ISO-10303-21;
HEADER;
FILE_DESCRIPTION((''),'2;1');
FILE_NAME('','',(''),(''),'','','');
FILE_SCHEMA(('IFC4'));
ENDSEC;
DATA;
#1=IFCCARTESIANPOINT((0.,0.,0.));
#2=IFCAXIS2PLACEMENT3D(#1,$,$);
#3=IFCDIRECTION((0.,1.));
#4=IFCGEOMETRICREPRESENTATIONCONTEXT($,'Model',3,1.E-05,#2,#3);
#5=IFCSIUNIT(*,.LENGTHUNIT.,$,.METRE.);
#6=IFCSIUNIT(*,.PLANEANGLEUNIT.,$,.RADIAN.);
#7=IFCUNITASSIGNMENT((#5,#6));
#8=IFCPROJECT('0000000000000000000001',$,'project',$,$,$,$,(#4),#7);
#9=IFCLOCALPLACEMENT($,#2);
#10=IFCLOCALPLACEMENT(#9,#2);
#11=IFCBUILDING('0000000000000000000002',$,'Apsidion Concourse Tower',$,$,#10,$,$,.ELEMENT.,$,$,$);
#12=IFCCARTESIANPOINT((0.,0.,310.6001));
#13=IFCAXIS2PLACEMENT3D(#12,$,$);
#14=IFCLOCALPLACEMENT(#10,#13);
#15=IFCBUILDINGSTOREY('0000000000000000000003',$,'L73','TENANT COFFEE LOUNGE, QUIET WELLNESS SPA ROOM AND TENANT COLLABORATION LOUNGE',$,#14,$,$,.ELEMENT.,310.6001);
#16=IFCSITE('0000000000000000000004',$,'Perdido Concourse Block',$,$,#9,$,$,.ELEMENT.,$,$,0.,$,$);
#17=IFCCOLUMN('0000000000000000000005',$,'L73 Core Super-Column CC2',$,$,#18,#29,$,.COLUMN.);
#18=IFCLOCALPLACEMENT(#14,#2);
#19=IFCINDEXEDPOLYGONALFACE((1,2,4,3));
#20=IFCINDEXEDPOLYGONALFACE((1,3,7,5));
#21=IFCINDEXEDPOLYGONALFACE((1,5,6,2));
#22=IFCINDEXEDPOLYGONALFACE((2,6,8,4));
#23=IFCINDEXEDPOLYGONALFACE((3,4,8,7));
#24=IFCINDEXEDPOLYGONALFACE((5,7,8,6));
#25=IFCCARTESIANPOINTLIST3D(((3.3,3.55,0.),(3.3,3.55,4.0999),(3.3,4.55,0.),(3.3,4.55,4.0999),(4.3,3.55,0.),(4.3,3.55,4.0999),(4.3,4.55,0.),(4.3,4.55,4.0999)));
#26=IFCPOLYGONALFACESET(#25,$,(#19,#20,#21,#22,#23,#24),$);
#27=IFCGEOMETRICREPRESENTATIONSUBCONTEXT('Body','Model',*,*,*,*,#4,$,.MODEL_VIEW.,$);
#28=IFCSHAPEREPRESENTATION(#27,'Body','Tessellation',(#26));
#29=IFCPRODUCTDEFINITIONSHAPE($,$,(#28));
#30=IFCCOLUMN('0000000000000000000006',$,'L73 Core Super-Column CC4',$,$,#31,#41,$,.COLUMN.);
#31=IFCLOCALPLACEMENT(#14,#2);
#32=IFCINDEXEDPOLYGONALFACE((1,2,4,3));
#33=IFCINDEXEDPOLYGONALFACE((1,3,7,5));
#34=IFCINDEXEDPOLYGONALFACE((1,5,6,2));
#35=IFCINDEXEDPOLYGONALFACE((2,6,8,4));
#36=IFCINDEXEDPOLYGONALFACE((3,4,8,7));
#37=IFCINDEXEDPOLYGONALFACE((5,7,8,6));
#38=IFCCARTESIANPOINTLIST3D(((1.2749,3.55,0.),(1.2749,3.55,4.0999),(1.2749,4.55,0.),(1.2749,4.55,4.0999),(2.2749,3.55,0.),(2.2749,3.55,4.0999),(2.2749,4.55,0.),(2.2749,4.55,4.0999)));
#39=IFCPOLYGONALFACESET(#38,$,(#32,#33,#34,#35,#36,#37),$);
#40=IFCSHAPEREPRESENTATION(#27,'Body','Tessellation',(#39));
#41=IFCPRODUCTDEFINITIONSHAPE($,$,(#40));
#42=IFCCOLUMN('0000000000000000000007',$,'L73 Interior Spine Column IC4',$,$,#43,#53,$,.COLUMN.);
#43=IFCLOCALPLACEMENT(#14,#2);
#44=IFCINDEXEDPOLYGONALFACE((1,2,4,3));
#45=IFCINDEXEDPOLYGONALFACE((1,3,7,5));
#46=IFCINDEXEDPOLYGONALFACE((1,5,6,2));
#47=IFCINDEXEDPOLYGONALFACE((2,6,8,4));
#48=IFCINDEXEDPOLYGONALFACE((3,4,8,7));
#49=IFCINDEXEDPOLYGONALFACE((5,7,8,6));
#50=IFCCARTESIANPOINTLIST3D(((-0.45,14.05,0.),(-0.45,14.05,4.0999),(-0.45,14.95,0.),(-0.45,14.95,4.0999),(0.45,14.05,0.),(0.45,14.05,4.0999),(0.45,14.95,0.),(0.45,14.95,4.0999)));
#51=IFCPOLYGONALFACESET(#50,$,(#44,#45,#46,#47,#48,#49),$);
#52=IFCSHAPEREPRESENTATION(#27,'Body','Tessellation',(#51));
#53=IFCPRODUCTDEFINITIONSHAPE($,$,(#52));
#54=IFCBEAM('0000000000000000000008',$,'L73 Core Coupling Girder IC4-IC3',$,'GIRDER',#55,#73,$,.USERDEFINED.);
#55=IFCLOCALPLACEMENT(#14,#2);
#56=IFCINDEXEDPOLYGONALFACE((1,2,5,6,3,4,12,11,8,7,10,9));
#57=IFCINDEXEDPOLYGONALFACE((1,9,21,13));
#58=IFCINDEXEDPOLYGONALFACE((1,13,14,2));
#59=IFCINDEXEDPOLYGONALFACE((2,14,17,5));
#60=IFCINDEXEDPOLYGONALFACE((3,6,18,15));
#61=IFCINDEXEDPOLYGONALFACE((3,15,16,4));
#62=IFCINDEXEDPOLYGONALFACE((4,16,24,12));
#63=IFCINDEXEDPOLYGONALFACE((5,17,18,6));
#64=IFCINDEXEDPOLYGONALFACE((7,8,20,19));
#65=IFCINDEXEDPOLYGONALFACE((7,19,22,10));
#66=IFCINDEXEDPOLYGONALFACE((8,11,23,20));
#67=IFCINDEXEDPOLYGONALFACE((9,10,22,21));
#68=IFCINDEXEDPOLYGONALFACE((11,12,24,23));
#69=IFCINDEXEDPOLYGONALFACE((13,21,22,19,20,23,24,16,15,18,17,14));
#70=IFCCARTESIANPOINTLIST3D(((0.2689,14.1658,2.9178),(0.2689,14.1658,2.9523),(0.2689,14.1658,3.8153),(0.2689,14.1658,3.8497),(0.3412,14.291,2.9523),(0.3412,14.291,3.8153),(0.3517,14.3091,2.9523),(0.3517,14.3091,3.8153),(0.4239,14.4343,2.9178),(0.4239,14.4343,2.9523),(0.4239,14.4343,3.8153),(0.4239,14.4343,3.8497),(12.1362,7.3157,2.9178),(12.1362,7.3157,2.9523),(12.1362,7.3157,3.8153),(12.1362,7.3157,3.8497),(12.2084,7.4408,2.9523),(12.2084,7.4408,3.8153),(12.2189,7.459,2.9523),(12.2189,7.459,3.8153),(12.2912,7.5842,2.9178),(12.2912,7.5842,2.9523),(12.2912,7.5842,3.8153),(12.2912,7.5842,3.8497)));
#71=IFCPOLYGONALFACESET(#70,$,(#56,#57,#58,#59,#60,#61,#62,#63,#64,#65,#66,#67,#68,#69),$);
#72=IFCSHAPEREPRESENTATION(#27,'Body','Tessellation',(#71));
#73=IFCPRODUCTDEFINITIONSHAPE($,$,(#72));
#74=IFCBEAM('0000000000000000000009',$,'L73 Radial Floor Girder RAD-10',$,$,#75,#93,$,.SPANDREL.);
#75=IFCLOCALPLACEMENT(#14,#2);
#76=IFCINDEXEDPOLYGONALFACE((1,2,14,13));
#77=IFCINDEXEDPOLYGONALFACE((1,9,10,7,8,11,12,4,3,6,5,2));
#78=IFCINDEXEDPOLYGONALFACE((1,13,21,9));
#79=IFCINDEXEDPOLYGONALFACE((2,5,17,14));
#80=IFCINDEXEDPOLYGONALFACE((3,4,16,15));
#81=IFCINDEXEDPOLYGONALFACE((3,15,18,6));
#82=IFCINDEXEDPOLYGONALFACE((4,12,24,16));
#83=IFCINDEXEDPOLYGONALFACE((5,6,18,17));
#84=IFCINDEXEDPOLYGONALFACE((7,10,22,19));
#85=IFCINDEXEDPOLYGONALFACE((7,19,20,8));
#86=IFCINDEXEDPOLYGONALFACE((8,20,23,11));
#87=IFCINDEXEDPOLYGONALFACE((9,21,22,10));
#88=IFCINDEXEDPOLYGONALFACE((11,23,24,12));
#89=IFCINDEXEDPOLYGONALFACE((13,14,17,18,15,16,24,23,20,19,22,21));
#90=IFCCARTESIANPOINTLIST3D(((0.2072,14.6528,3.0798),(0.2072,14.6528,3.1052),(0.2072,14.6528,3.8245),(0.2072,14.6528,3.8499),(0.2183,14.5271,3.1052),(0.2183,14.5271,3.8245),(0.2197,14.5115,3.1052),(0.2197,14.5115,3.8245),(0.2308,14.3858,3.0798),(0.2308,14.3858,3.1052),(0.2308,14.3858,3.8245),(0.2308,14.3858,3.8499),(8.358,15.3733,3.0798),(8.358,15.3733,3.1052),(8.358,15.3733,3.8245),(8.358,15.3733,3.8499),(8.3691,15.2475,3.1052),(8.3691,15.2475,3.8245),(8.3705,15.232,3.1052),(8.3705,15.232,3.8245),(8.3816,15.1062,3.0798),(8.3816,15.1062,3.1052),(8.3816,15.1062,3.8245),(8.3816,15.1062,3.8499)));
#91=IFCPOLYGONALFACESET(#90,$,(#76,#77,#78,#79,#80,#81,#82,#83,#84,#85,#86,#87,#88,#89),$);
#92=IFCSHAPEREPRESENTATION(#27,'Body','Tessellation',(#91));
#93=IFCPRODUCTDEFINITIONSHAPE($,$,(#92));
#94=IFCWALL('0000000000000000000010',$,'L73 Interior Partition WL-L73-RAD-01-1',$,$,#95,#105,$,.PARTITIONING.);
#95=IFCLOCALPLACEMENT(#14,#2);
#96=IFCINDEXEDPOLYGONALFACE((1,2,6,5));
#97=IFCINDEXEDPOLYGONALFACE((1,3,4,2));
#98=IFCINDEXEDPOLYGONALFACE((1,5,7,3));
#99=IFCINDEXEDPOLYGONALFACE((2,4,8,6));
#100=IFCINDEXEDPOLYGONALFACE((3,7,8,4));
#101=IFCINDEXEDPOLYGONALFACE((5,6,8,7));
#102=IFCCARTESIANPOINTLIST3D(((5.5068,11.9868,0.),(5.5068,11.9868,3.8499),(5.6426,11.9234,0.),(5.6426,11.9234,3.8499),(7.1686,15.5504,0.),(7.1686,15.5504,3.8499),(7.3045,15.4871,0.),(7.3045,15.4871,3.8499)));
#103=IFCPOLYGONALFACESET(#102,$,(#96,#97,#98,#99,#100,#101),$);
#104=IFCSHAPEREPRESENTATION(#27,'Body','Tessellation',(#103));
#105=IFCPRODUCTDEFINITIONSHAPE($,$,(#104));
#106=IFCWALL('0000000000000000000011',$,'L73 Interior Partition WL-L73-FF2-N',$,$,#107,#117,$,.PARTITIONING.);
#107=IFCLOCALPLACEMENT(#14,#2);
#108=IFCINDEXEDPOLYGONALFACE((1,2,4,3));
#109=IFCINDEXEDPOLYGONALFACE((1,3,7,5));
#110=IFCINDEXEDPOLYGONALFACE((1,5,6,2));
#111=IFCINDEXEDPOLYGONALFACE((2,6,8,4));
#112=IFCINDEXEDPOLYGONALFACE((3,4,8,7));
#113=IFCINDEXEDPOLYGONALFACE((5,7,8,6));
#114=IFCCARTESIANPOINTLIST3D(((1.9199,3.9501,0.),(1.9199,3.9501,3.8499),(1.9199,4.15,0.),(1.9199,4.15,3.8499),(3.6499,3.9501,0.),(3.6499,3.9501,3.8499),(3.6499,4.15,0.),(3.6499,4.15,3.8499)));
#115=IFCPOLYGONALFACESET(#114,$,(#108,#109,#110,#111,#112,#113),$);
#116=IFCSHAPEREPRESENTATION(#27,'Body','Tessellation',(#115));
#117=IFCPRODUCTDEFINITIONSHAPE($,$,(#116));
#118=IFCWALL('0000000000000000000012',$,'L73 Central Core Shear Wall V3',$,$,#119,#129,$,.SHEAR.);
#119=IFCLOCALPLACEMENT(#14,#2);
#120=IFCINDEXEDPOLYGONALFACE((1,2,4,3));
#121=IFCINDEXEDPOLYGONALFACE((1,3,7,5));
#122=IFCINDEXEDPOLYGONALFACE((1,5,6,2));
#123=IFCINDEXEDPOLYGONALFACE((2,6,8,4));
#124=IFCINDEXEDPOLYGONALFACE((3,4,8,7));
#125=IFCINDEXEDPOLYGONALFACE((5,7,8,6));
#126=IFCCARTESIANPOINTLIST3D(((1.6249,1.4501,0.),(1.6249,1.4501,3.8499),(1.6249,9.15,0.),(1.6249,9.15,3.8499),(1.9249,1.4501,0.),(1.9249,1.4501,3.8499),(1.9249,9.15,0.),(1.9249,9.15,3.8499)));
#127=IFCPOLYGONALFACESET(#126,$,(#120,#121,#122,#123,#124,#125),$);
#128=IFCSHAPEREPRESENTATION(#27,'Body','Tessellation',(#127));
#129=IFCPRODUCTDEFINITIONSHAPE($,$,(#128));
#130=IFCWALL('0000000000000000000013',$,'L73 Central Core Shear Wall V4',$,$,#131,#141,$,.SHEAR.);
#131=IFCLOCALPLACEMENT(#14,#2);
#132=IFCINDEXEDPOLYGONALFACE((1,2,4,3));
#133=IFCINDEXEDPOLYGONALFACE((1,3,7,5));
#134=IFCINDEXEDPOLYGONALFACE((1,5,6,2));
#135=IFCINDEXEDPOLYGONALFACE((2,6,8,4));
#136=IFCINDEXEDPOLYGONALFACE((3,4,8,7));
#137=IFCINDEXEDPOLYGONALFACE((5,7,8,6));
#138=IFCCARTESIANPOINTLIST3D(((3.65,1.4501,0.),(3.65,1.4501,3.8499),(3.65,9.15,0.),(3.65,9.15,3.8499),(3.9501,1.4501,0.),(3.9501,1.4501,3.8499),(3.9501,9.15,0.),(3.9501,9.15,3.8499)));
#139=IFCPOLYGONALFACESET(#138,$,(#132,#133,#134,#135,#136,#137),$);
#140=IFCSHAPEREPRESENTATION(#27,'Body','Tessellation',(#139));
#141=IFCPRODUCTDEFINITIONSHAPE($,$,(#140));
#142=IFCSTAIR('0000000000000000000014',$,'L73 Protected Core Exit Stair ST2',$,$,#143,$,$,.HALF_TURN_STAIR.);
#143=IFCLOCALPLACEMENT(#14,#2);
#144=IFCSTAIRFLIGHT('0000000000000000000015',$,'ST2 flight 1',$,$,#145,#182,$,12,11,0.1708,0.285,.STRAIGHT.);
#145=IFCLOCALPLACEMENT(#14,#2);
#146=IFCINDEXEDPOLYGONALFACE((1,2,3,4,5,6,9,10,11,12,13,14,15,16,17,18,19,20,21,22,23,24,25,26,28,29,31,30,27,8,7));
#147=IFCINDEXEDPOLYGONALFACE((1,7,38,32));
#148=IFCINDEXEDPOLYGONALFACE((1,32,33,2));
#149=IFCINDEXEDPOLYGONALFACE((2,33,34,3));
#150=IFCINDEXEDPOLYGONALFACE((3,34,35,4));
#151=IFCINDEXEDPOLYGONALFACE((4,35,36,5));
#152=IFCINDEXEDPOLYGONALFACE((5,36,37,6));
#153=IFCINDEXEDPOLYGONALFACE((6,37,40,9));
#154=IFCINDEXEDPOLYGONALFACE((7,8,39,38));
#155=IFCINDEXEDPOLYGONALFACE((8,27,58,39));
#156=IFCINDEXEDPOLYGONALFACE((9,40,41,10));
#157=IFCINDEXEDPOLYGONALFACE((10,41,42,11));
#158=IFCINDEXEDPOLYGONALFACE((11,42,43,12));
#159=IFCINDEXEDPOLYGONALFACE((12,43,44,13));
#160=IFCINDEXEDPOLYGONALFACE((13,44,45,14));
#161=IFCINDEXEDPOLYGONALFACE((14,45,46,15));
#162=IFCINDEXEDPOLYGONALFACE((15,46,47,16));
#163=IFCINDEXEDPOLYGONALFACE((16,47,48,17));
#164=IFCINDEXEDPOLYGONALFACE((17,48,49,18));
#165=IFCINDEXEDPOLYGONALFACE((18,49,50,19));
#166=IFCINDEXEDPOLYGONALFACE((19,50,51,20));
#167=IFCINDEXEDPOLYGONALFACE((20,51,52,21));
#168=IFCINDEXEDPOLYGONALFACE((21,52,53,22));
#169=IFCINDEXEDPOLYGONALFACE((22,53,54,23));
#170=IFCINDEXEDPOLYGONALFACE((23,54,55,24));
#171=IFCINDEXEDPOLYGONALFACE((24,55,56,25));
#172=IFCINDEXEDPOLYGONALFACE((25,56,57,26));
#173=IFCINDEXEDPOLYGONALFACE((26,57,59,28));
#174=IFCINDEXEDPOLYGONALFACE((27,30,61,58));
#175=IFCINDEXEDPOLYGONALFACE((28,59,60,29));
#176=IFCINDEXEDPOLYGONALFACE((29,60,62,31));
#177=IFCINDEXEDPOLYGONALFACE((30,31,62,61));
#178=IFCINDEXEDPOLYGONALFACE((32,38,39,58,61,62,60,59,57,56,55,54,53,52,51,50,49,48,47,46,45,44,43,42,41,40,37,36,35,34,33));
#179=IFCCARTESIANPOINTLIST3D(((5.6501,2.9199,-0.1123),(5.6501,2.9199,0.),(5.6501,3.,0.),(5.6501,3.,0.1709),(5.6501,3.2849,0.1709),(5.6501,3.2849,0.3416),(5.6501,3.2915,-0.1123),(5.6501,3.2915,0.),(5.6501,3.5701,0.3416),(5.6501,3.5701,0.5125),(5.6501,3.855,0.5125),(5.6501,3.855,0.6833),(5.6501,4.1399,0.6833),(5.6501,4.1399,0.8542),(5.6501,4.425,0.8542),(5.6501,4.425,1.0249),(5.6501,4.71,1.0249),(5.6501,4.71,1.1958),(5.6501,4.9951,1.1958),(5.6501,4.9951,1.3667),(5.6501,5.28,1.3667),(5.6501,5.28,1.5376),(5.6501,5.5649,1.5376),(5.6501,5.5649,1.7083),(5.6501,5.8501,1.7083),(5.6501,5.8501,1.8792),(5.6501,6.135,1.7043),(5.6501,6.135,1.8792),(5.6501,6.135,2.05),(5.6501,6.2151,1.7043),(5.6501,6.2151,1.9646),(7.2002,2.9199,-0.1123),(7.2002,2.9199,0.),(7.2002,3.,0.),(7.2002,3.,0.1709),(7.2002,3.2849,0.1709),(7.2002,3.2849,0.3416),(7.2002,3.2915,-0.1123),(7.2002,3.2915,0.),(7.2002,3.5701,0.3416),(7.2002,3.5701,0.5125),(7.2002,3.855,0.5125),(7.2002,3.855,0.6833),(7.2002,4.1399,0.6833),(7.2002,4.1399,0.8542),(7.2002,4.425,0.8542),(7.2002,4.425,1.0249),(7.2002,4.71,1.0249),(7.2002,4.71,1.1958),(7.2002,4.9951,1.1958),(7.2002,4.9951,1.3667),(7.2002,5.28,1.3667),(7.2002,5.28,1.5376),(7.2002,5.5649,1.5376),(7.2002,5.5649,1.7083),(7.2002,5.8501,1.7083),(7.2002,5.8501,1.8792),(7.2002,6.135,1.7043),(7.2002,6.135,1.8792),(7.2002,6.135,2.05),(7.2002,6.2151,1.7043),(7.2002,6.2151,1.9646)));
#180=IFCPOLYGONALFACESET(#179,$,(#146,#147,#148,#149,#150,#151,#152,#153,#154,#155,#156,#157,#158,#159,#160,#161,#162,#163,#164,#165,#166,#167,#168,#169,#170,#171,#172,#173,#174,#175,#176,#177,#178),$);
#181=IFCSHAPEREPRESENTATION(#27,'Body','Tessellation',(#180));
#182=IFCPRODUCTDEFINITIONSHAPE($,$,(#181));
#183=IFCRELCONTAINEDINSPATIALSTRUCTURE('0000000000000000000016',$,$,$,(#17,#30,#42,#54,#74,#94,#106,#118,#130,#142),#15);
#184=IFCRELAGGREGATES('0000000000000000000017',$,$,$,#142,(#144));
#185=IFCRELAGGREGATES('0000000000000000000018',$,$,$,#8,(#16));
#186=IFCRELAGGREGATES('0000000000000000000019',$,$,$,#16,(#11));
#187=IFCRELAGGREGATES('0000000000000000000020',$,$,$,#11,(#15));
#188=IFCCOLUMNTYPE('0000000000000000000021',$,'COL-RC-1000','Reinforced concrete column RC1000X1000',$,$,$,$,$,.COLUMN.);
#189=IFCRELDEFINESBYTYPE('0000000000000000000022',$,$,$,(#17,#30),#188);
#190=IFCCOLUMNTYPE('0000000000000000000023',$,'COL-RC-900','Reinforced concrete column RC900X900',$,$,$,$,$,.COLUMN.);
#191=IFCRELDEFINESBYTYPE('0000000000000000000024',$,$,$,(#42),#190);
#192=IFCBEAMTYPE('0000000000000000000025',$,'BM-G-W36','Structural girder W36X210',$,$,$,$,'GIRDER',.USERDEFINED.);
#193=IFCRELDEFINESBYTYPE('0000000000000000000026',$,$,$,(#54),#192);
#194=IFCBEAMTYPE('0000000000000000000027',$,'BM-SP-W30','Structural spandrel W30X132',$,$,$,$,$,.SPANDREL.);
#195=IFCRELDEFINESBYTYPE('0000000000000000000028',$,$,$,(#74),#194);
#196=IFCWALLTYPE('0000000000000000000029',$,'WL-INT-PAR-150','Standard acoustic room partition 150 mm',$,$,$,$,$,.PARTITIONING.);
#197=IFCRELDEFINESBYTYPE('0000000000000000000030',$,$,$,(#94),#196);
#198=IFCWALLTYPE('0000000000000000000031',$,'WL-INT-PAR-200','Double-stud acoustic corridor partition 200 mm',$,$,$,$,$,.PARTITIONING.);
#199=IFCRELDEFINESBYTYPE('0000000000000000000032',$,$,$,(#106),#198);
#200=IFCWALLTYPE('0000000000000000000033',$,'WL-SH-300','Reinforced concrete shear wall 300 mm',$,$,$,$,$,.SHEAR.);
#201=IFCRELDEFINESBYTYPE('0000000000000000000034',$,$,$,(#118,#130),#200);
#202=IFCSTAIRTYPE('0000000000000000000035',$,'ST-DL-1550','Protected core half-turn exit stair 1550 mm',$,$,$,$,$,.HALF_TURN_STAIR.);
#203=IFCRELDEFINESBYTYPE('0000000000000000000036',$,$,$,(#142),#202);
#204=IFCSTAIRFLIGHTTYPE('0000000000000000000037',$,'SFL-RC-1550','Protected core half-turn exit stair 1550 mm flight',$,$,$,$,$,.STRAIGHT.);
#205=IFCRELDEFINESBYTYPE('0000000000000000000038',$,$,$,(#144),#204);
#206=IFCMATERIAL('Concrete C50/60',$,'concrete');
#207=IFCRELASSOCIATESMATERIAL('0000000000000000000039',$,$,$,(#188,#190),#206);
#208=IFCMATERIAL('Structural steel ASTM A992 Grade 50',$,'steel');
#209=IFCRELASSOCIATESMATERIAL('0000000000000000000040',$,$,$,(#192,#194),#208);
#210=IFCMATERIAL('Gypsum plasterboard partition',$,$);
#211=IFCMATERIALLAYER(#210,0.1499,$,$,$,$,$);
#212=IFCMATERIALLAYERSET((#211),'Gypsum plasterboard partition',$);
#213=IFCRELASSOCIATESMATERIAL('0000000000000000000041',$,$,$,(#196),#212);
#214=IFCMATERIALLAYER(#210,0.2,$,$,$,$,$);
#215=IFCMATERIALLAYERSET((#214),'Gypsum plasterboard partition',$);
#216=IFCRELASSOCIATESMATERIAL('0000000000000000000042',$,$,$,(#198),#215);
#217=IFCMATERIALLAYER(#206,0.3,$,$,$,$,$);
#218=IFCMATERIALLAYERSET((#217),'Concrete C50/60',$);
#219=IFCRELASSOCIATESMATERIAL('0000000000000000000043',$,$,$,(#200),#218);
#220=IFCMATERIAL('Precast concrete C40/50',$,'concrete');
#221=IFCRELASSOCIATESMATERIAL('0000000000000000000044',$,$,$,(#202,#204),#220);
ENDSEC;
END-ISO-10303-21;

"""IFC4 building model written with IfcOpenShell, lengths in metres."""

from ifc_helpers import new_model, si_unit, direction, frame, frame_2d, origin, origin_2d, place, context, subcontext, project, spatial, polyline, rectangle, i_section, outline, extrude, material, layer, layer_set, material_profile, profile_set, type_object, element, aggregate, save


model = new_model("IFC4")

# Units and contexts
model_context = context("Model", 3, precision=1e-05, world=origin(), true_north=direction((0.0, 1.0)))
body_context = subcontext(model_context, "Body", "Model", "MODEL_VIEW")
ifc_project = project(units=[si_unit("LENGTHUNIT", "METRE"), si_unit("PLANEANGLEUNIT", "RADIAN")], contexts=[model_context])

# Site, building, storey
site_placement = place(None, origin())
site = spatial("IfcSite", under=ifc_project, at=site_placement, Name="Perdido Concourse Block", CompositionType="ELEMENT", RefElevation=0.0)
building_placement = place(site_placement, origin())
building = spatial("IfcBuilding", under=site, at=building_placement, Name="Apsidion Concourse Tower", CompositionType="ELEMENT")
storey_placement = place(building_placement, frame((0.0, 0.0, 310.6001)))
storey = spatial("IfcBuildingStorey", under=building, at=storey_placement, Name="L73", Description="TENANT COFFEE LOUNGE, QUIET WELLNESS SPA ROOM AND TENANT COLLABORATION LOUNGE", CompositionType="ELEMENT", Elevation=310.6001)

# Columns
ifc_material_1 = material(Name="Concrete C50/60", Category="concrete")
ifc_material_profile_1 = material_profile(ifc_material_1, rectangle(XDim=1.0, YDim=1.0, at=origin_2d()), Name="RC 1000x1000")
ifc_profile_set_1 = profile_set([ifc_material_profile_1], Name="Concrete C50/60")
column_type_1 = type_object("IfcColumnType", Name="COL-RC-1000", Description="Reinforced concrete column RC1000X1000", PredefinedType="COLUMN", material=ifc_profile_set_1)
for number, where, z_axis, x_axis, name in (
    (1, (3.8, 4.05, 0.0), (0.0, 0.0, 1.0), (1.0, 0.0, 0.0), "L73 Core Super-Column CC2"),
    (2, (1.7749, 4.05, 0.0), (0.0, 0.0, 1.0), (1.0, 0.0, 0.0), "L73 Core Super-Column CC4"),
):
    element("IfcColumn", number, at=place(storey_placement, frame(where, z_axis=z_axis, x_axis=x_axis)), inside=storey, type_object=column_type_1, Name=name, PredefinedType="COLUMN", context=body_context, shape_type="SweptSolid", body=[
        extrude(rectangle(XDim=1.0, YDim=1.0, at=origin_2d()), origin(), (0.0, 0.0, 1.0), 4.0999),
    ])
ifc_material_profile_2 = material_profile(ifc_material_1, rectangle(XDim=0.8999, YDim=0.8999, at=origin_2d()), Name="RC 900x900")
ifc_profile_set_2 = profile_set([ifc_material_profile_2], Name="Concrete C50/60")
column_type_2 = type_object("IfcColumnType", Name="COL-RC-900", Description="Reinforced concrete column RC900X900", PredefinedType="COLUMN", material=ifc_profile_set_2)
column_placement = place(storey_placement, frame((0.0, 14.5, 0.0), z_axis=(0.0, 0.0, 1.0), x_axis=(1.0, 0.0, 0.0)))
element("IfcColumn", 3, at=column_placement, inside=storey, type_object=column_type_2, Name="L73 Interior Spine Column IC4", PredefinedType="COLUMN", context=body_context, shape_type="SweptSolid", body=[
    extrude(rectangle(XDim=0.8999, YDim=0.8999, at=origin_2d()), origin(), (0.0, 0.0, 1.0), 4.0999),
])

# Beams
ifc_material_2 = material(Name="Structural steel ASTM A992 Grade 50", Category="steel")
ifc_material_profile_3 = material_profile(ifc_material_2, i_section(OverallWidth=0.3101, OverallDepth=0.9319, WebThickness=0.021, FlangeThickness=0.0344, at=origin_2d()), Name="W36X210")
ifc_profile_set_3 = profile_set([ifc_material_profile_3], Name="Structural steel ASTM A992 Grade 50")
beam_type_1 = type_object("IfcBeamType", Name="BM-G-W36", Description="Structural girder W36X210", ElementType="GIRDER", PredefinedType="USERDEFINED", material=ifc_profile_set_3)
beam_1_placement = place(storey_placement, frame((0.3464, 14.3, 3.3838), z_axis=(0.86607, -0.499922, 0.0), x_axis=(0.499922, 0.86607, 0.0)))
element("IfcBeam", 4, at=beam_1_placement, inside=storey, type_object=beam_type_1, Name="L73 Core Coupling Girder IC4-IC3", ObjectType="GIRDER", PredefinedType="USERDEFINED", context=body_context, shape_type="SweptSolid", body=[
    extrude(i_section(OverallWidth=0.3101, OverallDepth=0.9319, WebThickness=0.021, FlangeThickness=0.0344, at=origin_2d()), origin(), (0.0, 0.0, 1.0), 13.7024),
])
ifc_material_profile_4 = material_profile(ifc_material_2, i_section(OverallWidth=0.2681, OverallDepth=0.77, WebThickness=0.0156, FlangeThickness=0.0254, at=origin_2d()), Name="W30X132")
ifc_profile_set_4 = profile_set([ifc_material_profile_4], Name="Structural steel ASTM A992 Grade 50")
beam_type_2 = type_object("IfcBeamType", Name="BM-SP-W30", Description="Structural spandrel W30X132", PredefinedType="SPANDREL", material=ifc_profile_set_4)
beam_2_placement = place(storey_placement, frame((0.219, 14.5193, 3.4648), z_axis=(0.996116, 0.088047, 0.0), x_axis=(-0.088047, 0.996116, 0.0)))
element("IfcBeam", 5, at=beam_2_placement, inside=storey, type_object=beam_type_2, Name="L73 Radial Floor Girder RAD-10", PredefinedType="SPANDREL", context=body_context, shape_type="SweptSolid", body=[
    extrude(i_section(OverallWidth=0.2681, OverallDepth=0.77, WebThickness=0.0156, FlangeThickness=0.0254, at=origin_2d()), origin(), (0.0, 0.0, 1.0), 8.1826),
])

# Walls
ifc_material_3 = material(Name="Gypsum plasterboard partition")
ifc_layer_1 = layer(ifc_material_3, 0.1499)
ifc_layer_set_1 = layer_set([ifc_layer_1], Name="Gypsum plasterboard partition")
wall_type_1 = type_object("IfcWallType", Name="WL-INT-PAR-150", Description="Standard acoustic room partition 150 mm", PredefinedType="PARTITIONING", material=ifc_layer_set_1)
wall_1_placement = place(storey_placement, frame((5.5747, 11.9551, 0.0), z_axis=(0.0, 0.0, 1.0), x_axis=(0.422634, 0.9063, 0.0)))
element("IfcWall", 6, at=wall_1_placement, inside=storey, type_object=wall_type_1, Name="L73 Interior Partition WL-L73-RAD-01-1", PredefinedType="PARTITIONING", context=body_context, shape_type="SweptSolid", body=[
    extrude(rectangle(XDim=3.9321, YDim=0.1499, at=frame_2d((1.9661, 0.0))), origin(), (0.0, 0.0, 1.0), 3.8499),
])
ifc_layer_2 = layer(ifc_material_3, 0.2)
ifc_layer_set_2 = layer_set([ifc_layer_2], Name="Gypsum plasterboard partition")
wall_type_2 = type_object("IfcWallType", Name="WL-INT-PAR-200", Description="Double-stud acoustic corridor partition 200 mm", PredefinedType="PARTITIONING", material=ifc_layer_set_2)
wall_2_placement = place(storey_placement, frame((1.9199, 4.05, 0.0), z_axis=(0.0, 0.0, 1.0), x_axis=(1.0, 0.0, 0.0)))
element("IfcWall", 7, at=wall_2_placement, inside=storey, type_object=wall_type_2, Name="L73 Interior Partition WL-L73-FF2-N", PredefinedType="PARTITIONING", context=body_context, shape_type="SweptSolid", body=[
    extrude(rectangle(XDim=1.73, YDim=0.2, at=frame_2d((0.865, 0.0))), origin(), (0.0, 0.0, 1.0), 3.8499),
])
ifc_layer_3 = layer(ifc_material_1, 0.3)
ifc_layer_set_3 = layer_set([ifc_layer_3], Name="Concrete C50/60")
wall_type_3 = type_object("IfcWallType", Name="WL-SH-300", Description="Reinforced concrete shear wall 300 mm", PredefinedType="SHEAR", material=ifc_layer_set_3)
for number, where, z_axis, x_axis, name in (
    (8, (1.7749, 1.45, 0.0), (0.0, 0.0, 1.0), (0.0, 1.0, 0.0), "L73 Central Core Shear Wall V3"),
    (9, (3.8, 1.45, 0.0), (0.0, 0.0, 1.0), (0.0, 1.0, 0.0), "L73 Central Core Shear Wall V4"),
):
    element("IfcWall", number, at=place(storey_placement, frame(where, z_axis=z_axis, x_axis=x_axis)), inside=storey, type_object=wall_type_3, Name=name, PredefinedType="SHEAR", context=body_context, shape_type="SweptSolid", body=[
        extrude(rectangle(XDim=7.7, YDim=0.3, at=frame_2d((3.8501, 0.0))), origin(), (0.0, 0.0, 1.0), 3.8499),
    ])

# Stair, stair flight
ifc_material_4 = material(Name="Precast concrete C40/50", Category="concrete")
stair_type = type_object("IfcStairType", Name="ST-DL-1550", Description="Protected core half-turn exit stair 1550 mm", PredefinedType="HALF_TURN_STAIR", material=ifc_material_4)
stair_1_placement = place(storey_placement, origin())
stair_1 = element("IfcStair", 10, at=stair_1_placement, inside=storey, type_object=stair_type, Name="L73 Protected Core Exit Stair ST2", PredefinedType="HALF_TURN_STAIR")
stair_flight_type = type_object("IfcStairFlightType", Name="SFL-RC-1550", Description="Protected core half-turn exit stair 1550 mm flight", PredefinedType="STRAIGHT", material=ifc_material_4)
stair_flight_1_placement = place(storey_placement, frame((6.425, 3.0, 0.0), z_axis=(0.0, 0.0, 1.0), x_axis=(0.0, 1.0, 0.0)))
stair_flight_1 = element("IfcStairFlight", 11, at=stair_flight_1_placement, type_object=stair_flight_type, Name="ST2 flight 1", NumberOfRisers=12, NumberOfTreads=11, PredefinedType="STRAIGHT", RiserHeight=0.1708, TreadLength=0.285, context=body_context, shape_type="SweptSolid", body=[
    extrude(outline(polyline([(-0.0801, -0.1123), (-0.0801, 0.0), (0.0, 0.0), (0.0, 0.1709), (0.2849, 0.1709), (0.2849, 0.3416), (0.5701, 0.3416), (0.5701, 0.5125), (0.855, 0.5125), (0.855, 0.6833), (1.1399, 0.6833), (1.1399, 0.8542), (1.425, 0.8542), (1.425, 1.0249), (1.71, 1.0249), (1.71, 1.1958), (1.9951, 1.1958), (1.9951, 1.3667), (2.28, 1.3667), (2.28, 1.5376), (2.5649, 1.5376), (2.5649, 1.7083), (2.8501, 1.7083), (2.8501, 1.8792), (3.135, 1.8792), (3.135, 2.05), (3.2151, 1.9646), (3.2151, 1.7043), (3.135, 1.7043), (0.2915, 0.0), (0.2915, -0.1123), (-0.0801, -0.1123)])), frame((0.0, 0.7749, 0.0), z_axis=(0.0, -1.0, 0.0), x_axis=(1.0, 0.0, 0.0)), (0.0, 0.0, 1.0), 1.55),
])
aggregate(stair_1, [stair_flight_1])

save(model, "model.ifc")
